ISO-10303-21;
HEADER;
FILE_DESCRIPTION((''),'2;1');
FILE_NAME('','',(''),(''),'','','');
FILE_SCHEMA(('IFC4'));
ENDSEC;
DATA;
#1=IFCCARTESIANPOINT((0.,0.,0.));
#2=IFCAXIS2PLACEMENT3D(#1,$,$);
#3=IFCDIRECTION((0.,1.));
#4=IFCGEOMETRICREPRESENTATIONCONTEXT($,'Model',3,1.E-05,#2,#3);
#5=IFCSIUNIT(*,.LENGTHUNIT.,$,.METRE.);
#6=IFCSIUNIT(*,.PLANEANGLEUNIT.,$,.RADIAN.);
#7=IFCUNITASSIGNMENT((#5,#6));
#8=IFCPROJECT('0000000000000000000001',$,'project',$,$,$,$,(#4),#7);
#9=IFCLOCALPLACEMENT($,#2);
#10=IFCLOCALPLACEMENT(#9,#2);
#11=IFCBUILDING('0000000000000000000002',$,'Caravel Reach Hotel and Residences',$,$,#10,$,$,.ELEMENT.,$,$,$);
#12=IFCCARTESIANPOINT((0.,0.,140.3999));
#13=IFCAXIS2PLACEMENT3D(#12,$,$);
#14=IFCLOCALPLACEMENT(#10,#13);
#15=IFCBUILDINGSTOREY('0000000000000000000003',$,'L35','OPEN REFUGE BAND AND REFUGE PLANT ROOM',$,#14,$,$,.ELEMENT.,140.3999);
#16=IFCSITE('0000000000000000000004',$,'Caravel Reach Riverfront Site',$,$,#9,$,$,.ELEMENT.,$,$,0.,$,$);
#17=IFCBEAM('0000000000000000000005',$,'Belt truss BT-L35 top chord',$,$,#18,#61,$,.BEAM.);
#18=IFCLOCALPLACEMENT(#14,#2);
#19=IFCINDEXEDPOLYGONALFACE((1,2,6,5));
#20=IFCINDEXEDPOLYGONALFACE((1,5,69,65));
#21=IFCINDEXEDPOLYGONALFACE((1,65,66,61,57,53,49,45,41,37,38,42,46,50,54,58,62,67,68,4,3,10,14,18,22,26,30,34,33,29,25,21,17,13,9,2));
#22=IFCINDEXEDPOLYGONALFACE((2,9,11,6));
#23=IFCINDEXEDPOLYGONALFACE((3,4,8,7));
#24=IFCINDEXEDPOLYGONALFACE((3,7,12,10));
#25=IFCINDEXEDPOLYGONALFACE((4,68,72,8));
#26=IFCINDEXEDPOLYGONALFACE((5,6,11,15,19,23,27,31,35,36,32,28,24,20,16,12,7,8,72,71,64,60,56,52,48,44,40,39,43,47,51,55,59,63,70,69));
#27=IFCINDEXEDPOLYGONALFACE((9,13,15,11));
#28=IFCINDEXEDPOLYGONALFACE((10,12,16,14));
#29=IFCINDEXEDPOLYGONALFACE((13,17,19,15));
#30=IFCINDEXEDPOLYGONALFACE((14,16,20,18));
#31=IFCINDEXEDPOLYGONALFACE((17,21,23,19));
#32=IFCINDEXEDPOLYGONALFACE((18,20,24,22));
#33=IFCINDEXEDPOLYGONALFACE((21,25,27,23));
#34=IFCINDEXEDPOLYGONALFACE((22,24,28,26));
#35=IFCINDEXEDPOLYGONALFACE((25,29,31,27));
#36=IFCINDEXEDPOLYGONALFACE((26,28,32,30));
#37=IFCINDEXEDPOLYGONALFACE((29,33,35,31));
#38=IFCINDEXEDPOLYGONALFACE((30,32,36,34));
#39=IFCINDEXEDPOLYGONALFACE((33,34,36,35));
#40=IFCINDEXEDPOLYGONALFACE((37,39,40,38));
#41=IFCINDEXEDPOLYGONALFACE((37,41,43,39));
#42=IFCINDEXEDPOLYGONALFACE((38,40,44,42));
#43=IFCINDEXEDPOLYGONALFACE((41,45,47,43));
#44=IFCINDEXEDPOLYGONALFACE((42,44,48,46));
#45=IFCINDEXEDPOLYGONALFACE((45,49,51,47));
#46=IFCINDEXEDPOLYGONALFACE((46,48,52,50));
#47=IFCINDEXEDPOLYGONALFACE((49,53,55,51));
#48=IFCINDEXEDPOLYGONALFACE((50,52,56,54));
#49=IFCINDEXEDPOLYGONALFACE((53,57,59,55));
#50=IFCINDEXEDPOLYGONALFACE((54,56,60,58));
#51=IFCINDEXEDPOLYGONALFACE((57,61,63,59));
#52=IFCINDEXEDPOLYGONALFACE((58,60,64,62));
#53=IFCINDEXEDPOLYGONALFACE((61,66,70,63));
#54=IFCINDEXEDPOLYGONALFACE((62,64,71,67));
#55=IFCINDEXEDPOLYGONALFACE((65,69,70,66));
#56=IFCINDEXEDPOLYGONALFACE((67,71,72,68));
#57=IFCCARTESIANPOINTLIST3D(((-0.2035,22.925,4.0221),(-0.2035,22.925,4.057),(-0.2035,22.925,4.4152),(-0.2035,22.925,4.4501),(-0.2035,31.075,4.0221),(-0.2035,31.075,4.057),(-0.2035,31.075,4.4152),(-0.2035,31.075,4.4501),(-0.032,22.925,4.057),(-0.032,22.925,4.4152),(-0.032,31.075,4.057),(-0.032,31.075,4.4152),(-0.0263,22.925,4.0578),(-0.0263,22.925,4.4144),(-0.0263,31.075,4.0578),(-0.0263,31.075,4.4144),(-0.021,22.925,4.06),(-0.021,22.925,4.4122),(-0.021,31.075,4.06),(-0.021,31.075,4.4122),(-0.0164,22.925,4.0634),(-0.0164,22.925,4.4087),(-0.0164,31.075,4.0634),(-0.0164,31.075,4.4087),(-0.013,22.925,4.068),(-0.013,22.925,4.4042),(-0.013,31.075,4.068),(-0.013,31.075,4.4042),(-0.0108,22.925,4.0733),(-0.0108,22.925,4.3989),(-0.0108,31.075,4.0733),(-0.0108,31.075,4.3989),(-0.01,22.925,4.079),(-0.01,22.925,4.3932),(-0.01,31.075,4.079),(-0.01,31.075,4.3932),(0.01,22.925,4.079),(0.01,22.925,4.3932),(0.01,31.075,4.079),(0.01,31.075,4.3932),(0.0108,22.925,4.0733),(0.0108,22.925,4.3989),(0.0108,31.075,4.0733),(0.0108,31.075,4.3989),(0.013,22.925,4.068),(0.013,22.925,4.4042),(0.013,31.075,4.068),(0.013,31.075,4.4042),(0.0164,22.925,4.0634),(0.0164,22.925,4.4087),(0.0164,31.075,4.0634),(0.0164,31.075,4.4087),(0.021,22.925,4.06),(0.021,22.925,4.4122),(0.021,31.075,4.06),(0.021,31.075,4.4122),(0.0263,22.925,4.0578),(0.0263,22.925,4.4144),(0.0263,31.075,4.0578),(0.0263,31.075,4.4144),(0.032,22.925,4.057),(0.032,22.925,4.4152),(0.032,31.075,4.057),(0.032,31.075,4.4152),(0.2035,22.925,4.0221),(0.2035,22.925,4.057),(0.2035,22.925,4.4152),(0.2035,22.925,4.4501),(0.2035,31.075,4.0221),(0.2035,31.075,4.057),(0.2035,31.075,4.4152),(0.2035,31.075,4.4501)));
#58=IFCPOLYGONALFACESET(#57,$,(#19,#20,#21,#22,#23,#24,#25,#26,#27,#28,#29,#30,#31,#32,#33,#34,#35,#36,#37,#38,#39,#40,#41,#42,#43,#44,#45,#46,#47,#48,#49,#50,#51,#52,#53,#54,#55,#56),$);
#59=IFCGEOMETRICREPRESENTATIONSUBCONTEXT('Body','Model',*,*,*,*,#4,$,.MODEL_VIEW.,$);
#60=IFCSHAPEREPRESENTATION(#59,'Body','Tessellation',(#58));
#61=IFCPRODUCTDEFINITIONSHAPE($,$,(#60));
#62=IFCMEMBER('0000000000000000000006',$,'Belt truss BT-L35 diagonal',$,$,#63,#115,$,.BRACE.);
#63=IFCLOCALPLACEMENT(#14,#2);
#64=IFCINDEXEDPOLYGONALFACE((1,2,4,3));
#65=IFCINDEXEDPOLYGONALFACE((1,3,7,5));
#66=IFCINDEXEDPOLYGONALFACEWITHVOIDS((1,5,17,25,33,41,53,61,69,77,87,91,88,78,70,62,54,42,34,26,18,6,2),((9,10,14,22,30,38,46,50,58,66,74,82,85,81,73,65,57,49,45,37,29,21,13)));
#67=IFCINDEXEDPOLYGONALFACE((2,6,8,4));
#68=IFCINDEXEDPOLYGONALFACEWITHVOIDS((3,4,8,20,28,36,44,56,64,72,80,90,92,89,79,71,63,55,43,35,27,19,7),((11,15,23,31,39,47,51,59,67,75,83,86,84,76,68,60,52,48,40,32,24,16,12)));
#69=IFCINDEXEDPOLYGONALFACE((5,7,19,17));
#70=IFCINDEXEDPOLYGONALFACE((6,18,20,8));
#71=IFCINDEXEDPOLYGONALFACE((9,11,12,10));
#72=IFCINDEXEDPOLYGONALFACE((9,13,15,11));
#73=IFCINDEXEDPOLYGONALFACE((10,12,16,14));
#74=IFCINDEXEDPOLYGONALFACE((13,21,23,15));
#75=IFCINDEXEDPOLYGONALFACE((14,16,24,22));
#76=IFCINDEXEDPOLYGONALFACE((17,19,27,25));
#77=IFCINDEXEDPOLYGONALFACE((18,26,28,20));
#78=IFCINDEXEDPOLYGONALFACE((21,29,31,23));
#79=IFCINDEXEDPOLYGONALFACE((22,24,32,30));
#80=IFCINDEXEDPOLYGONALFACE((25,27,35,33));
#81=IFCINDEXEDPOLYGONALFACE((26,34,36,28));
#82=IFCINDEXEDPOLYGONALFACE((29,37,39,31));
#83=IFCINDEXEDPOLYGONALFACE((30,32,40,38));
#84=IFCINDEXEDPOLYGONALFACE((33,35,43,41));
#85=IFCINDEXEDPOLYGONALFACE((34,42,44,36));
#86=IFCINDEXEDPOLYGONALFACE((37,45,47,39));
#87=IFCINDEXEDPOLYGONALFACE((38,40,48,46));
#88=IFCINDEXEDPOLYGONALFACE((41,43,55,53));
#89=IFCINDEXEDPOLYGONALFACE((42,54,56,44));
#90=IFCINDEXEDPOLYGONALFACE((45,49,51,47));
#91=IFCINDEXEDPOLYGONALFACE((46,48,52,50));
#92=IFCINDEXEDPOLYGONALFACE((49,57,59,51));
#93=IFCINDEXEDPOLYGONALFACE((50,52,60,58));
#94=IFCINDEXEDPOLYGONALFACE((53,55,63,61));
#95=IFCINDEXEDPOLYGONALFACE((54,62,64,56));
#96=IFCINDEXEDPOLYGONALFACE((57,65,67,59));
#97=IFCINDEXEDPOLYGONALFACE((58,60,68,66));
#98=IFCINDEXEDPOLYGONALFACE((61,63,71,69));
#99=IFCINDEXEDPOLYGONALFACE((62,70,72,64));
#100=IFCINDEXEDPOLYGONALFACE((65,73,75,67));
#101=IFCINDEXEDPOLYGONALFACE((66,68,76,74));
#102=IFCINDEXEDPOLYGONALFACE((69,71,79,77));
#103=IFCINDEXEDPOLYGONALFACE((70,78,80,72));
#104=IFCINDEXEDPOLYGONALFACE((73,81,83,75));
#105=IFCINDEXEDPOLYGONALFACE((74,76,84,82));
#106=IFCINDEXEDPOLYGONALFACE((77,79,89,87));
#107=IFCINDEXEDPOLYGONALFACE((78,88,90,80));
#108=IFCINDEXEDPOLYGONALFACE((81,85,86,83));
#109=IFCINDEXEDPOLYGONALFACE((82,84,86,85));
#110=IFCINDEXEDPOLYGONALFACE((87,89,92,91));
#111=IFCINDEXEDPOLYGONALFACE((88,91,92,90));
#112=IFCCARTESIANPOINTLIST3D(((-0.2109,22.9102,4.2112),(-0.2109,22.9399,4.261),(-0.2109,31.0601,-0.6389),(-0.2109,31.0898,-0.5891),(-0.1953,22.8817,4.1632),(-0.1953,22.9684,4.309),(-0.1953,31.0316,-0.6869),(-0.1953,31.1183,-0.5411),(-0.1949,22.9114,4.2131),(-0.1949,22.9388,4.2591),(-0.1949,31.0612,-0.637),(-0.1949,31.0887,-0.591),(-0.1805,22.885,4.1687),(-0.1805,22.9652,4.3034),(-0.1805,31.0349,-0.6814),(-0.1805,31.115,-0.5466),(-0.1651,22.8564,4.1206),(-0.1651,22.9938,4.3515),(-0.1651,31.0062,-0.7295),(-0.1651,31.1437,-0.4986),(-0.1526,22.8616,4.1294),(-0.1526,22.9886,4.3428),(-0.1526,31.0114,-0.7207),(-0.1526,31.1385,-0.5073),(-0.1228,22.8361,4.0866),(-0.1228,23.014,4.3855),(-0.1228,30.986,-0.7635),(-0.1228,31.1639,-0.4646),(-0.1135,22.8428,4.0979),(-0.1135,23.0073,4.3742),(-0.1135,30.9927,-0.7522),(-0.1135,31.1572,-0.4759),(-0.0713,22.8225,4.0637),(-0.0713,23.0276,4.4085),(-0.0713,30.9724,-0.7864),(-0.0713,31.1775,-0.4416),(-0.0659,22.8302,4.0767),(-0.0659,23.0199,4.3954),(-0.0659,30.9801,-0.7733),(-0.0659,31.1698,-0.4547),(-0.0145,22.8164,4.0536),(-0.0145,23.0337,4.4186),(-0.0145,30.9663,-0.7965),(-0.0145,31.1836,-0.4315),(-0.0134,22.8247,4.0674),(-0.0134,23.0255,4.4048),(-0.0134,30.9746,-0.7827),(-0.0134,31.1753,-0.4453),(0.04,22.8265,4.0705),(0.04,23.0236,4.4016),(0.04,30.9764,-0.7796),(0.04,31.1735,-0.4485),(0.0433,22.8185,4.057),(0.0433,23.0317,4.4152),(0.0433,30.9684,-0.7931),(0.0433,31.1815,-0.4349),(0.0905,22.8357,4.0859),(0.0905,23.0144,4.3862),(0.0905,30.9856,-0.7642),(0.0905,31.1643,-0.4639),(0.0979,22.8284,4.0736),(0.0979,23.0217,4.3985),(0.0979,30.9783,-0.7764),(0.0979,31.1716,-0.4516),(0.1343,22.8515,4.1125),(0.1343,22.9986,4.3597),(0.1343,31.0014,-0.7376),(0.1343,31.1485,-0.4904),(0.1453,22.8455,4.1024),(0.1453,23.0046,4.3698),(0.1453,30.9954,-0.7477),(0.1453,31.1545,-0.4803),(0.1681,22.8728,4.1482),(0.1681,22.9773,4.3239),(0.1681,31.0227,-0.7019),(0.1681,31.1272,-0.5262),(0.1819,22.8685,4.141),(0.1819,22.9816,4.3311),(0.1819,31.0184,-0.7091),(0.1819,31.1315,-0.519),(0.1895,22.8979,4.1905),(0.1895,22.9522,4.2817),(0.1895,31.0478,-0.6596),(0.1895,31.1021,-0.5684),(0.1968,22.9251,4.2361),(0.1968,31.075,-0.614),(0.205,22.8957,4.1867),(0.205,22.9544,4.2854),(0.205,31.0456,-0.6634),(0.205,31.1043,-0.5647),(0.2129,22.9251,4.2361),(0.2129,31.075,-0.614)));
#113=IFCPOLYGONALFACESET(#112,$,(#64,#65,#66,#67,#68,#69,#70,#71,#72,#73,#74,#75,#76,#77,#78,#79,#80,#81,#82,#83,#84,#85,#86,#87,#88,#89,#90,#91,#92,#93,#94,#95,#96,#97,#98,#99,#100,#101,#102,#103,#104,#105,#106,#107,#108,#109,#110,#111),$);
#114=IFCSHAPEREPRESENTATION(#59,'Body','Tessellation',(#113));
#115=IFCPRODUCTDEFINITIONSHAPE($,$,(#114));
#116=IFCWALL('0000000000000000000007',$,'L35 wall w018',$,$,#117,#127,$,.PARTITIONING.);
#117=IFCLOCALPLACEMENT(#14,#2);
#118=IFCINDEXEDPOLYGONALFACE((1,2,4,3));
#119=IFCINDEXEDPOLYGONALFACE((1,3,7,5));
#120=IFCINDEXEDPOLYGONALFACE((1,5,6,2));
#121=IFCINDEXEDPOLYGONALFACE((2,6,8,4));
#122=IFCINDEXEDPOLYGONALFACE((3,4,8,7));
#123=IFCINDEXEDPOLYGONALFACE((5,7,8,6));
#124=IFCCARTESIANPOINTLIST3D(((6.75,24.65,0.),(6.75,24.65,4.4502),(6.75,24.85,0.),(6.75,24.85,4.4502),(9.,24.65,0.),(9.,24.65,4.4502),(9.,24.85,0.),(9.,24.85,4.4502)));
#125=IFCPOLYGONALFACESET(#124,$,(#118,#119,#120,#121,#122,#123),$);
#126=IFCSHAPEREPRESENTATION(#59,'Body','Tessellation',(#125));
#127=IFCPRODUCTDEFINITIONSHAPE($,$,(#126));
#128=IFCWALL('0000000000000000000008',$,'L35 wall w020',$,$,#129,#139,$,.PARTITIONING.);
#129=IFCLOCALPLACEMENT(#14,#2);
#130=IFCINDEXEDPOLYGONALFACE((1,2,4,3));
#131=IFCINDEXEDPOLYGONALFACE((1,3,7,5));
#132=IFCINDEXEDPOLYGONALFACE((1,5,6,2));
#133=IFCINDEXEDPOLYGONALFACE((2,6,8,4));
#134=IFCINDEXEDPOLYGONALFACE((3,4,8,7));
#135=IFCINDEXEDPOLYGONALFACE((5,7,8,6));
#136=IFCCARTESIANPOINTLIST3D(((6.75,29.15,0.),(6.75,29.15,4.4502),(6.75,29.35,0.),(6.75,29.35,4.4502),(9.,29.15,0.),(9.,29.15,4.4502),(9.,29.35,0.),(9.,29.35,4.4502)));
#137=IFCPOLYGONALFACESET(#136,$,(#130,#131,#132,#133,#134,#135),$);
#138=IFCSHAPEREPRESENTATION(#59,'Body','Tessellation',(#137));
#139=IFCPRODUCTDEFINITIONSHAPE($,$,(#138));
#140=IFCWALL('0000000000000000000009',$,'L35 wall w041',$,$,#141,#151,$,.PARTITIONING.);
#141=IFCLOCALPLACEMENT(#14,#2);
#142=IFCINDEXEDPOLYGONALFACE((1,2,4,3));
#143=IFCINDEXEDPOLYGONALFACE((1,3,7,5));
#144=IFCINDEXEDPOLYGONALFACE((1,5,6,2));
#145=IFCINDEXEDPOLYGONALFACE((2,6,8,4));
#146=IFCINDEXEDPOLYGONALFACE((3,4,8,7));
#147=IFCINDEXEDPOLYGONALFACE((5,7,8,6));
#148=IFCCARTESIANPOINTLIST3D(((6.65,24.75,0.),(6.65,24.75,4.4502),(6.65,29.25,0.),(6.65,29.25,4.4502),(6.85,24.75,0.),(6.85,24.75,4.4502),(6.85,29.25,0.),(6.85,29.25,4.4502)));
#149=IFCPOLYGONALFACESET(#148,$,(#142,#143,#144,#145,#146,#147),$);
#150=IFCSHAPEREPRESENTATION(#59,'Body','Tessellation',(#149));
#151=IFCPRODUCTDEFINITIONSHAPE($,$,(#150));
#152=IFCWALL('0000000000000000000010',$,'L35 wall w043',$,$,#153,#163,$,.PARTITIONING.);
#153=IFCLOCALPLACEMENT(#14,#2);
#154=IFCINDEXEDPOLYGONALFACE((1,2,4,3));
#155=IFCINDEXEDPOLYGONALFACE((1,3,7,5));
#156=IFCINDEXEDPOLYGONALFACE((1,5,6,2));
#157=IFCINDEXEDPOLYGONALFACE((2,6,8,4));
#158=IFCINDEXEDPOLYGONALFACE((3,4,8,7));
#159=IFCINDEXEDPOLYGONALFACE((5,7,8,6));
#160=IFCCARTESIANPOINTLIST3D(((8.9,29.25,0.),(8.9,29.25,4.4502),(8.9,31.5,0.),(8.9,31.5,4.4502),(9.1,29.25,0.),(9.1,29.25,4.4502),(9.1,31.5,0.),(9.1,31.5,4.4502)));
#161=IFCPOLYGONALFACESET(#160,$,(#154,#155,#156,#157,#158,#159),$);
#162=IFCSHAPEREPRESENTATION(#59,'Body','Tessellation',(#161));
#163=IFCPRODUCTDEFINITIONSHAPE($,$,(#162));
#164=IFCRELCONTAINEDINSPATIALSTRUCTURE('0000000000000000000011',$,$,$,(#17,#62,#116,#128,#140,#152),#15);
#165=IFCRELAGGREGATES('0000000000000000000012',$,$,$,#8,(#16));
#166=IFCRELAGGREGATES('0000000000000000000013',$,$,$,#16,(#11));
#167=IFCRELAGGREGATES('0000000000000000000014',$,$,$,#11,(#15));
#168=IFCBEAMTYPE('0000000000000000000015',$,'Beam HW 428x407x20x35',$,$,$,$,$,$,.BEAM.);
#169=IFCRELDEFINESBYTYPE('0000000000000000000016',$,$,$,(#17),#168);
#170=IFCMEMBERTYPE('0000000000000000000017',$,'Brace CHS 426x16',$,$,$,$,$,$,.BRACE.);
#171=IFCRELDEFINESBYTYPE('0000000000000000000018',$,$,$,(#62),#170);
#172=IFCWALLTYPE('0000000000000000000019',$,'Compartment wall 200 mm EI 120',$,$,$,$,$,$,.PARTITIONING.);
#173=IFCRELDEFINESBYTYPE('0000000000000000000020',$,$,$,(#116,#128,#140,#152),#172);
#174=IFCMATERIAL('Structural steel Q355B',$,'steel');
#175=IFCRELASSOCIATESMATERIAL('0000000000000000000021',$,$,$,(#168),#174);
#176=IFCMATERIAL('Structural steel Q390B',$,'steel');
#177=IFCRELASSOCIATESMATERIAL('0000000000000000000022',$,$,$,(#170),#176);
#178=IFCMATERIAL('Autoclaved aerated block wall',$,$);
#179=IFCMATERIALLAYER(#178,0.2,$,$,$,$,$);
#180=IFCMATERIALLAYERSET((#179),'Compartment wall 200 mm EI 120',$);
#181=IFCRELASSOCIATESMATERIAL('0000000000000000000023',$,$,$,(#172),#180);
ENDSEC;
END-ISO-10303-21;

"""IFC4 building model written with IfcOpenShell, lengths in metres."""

from ifc_helpers import new_model, si_unit, direction, frame, frame_2d, origin, origin_2d, place, context, subcontext, project, spatial, rectangle, hollow_circle, i_section, extrude, material, layer, layer_set, material_profile, profile_set, type_object, element, save


model = new_model("IFC4")

# Units and contexts
model_context = context("Model", 3, precision=1e-05, world=origin(), true_north=direction((0.0, 1.0)))
body_context = subcontext(model_context, "Body", "Model", "MODEL_VIEW")
ifc_project = project(units=[si_unit("LENGTHUNIT", "METRE"), si_unit("PLANEANGLEUNIT", "RADIAN")], contexts=[model_context])

# Site, building, storey
site_placement = place(None, origin())
site = spatial("IfcSite", under=ifc_project, at=site_placement, Name="Caravel Reach Riverfront Site", CompositionType="ELEMENT", RefElevation=0.0)
building_placement = place(site_placement, origin())
building = spatial("IfcBuilding", under=site, at=building_placement, Name="Caravel Reach Hotel and Residences", CompositionType="ELEMENT")
storey_placement = place(building_placement, frame((0.0, 0.0, 140.3999)))
storey = spatial("IfcBuildingStorey", under=building, at=storey_placement, Name="L35", Description="OPEN REFUGE BAND AND REFUGE PLANT ROOM", CompositionType="ELEMENT", Elevation=140.3999)

# Beam
ifc_material_1 = material(Name="Structural steel Q355B", Category="steel")
ifc_material_profile_1 = material_profile(ifc_material_1, i_section(OverallWidth=0.407, OverallDepth=0.428, WebThickness=0.02, FlangeThickness=0.0349, FilletRadius=0.022, at=origin_2d()), Name="HW 428x407x20x35")
ifc_profile_set_1 = profile_set([ifc_material_profile_1], Name="Structural steel Q355B")
beam_type = type_object("IfcBeamType", Name="Beam HW 428x407x20x35", PredefinedType="BEAM", material=ifc_profile_set_1)
for number, where, z_axis, x_axis, name in (
    (1, (0.0, 31.075, 4.2361), (0.0, -1.0, 0.0), (1.0, 0.0, 0.0), "Belt truss BT-L35 top chord"),
):
    element("IfcBeam", number, at=place(storey_placement, frame(where, z_axis=z_axis, x_axis=x_axis)), inside=storey, type_object=beam_type, Name=name, PredefinedType="BEAM", context=body_context, shape_type="SweptSolid", body=[
        extrude(i_section(OverallWidth=0.407, OverallDepth=0.428, WebThickness=0.02, FlangeThickness=0.0349, FilletRadius=0.022, at=origin_2d()), origin(), (0.0, 0.0, 1.0), 8.1499),
    ])

# Member
ifc_material_2 = material(Name="Structural steel Q390B", Category="steel")
ifc_material_profile_2 = material_profile(ifc_material_2, hollow_circle(Radius=0.2129, WallThickness=0.0161, at=origin_2d()), Name="CHS 426x16")
ifc_profile_set_2 = profile_set([ifc_material_profile_2], Name="Structural steel Q390B")
member_type = type_object("IfcMemberType", Name="Brace CHS 426x16", PredefinedType="BRACE", material=ifc_profile_set_2)
member_placement = place(storey_placement, frame((0.0, 31.075, -0.614), z_axis=(0.0, -0.859341, 0.511403), x_axis=(1.0, 0.0, 0.0)))
element("IfcMember", 2, at=member_placement, inside=storey, type_object=member_type, Name="Belt truss BT-L35 diagonal", PredefinedType="BRACE", context=body_context, shape_type="SweptSolid", body=[
    extrude(hollow_circle(Radius=0.2129, WallThickness=0.0161, at=origin_2d()), origin(), (0.0, 0.0, 1.0), 9.4839),
])

# Walls
ifc_material_3 = material(Name="Autoclaved aerated block wall")
ifc_layer = layer(ifc_material_3, 0.2)
ifc_layer_set = layer_set([ifc_layer], Name="Compartment wall 200 mm EI 120")
wall_type = type_object("IfcWallType", Name="Compartment wall 200 mm EI 120", PredefinedType="PARTITIONING", material=ifc_layer_set)
for number, where, z_axis, x_axis, name in (
    (3, (6.75, 24.75, 0.0), (0.0, 0.0, 1.0), (1.0, 0.0, 0.0), "L35 wall w018"),
    (4, (6.75, 29.25, 0.0), (0.0, 0.0, 1.0), (1.0, 0.0, 0.0), "L35 wall w020"),
):
    element("IfcWall", number, at=place(storey_placement, frame(where, z_axis=z_axis, x_axis=x_axis)), inside=storey, type_object=wall_type, Name=name, PredefinedType="PARTITIONING", context=body_context, shape_type="SweptSolid", body=[
        extrude(rectangle(XDim=2.25, YDim=0.2, at=frame_2d((1.125, 0.0))), origin(), (0.0, 0.0, 1.0), 4.4502),
    ])
wall_1_placement = place(storey_placement, frame((6.75, 24.75, 0.0), z_axis=(0.0, 0.0, 1.0), x_axis=(0.0, 1.0, 0.0)))
element("IfcWall", 5, at=wall_1_placement, inside=storey, type_object=wall_type, Name="L35 wall w041", PredefinedType="PARTITIONING", context=body_context, shape_type="SweptSolid", body=[
    extrude(rectangle(XDim=4.5, YDim=0.2, at=frame_2d((2.25, 0.0))), origin(), (0.0, 0.0, 1.0), 4.4502),
])
wall_2_placement = place(storey_placement, frame((9.0, 29.25, 0.0), z_axis=(0.0, 0.0, 1.0), x_axis=(0.0, 1.0, 0.0)))
element("IfcWall", 6, at=wall_2_placement, inside=storey, type_object=wall_type, Name="L35 wall w043", PredefinedType="PARTITIONING", context=body_context, shape_type="SweptSolid", body=[
    extrude(rectangle(XDim=2.25, YDim=0.2, at=frame_2d((1.125, 0.0))), origin(), (0.0, 0.0, 1.0), 4.4502),
])

save(model, "model.ifc")
